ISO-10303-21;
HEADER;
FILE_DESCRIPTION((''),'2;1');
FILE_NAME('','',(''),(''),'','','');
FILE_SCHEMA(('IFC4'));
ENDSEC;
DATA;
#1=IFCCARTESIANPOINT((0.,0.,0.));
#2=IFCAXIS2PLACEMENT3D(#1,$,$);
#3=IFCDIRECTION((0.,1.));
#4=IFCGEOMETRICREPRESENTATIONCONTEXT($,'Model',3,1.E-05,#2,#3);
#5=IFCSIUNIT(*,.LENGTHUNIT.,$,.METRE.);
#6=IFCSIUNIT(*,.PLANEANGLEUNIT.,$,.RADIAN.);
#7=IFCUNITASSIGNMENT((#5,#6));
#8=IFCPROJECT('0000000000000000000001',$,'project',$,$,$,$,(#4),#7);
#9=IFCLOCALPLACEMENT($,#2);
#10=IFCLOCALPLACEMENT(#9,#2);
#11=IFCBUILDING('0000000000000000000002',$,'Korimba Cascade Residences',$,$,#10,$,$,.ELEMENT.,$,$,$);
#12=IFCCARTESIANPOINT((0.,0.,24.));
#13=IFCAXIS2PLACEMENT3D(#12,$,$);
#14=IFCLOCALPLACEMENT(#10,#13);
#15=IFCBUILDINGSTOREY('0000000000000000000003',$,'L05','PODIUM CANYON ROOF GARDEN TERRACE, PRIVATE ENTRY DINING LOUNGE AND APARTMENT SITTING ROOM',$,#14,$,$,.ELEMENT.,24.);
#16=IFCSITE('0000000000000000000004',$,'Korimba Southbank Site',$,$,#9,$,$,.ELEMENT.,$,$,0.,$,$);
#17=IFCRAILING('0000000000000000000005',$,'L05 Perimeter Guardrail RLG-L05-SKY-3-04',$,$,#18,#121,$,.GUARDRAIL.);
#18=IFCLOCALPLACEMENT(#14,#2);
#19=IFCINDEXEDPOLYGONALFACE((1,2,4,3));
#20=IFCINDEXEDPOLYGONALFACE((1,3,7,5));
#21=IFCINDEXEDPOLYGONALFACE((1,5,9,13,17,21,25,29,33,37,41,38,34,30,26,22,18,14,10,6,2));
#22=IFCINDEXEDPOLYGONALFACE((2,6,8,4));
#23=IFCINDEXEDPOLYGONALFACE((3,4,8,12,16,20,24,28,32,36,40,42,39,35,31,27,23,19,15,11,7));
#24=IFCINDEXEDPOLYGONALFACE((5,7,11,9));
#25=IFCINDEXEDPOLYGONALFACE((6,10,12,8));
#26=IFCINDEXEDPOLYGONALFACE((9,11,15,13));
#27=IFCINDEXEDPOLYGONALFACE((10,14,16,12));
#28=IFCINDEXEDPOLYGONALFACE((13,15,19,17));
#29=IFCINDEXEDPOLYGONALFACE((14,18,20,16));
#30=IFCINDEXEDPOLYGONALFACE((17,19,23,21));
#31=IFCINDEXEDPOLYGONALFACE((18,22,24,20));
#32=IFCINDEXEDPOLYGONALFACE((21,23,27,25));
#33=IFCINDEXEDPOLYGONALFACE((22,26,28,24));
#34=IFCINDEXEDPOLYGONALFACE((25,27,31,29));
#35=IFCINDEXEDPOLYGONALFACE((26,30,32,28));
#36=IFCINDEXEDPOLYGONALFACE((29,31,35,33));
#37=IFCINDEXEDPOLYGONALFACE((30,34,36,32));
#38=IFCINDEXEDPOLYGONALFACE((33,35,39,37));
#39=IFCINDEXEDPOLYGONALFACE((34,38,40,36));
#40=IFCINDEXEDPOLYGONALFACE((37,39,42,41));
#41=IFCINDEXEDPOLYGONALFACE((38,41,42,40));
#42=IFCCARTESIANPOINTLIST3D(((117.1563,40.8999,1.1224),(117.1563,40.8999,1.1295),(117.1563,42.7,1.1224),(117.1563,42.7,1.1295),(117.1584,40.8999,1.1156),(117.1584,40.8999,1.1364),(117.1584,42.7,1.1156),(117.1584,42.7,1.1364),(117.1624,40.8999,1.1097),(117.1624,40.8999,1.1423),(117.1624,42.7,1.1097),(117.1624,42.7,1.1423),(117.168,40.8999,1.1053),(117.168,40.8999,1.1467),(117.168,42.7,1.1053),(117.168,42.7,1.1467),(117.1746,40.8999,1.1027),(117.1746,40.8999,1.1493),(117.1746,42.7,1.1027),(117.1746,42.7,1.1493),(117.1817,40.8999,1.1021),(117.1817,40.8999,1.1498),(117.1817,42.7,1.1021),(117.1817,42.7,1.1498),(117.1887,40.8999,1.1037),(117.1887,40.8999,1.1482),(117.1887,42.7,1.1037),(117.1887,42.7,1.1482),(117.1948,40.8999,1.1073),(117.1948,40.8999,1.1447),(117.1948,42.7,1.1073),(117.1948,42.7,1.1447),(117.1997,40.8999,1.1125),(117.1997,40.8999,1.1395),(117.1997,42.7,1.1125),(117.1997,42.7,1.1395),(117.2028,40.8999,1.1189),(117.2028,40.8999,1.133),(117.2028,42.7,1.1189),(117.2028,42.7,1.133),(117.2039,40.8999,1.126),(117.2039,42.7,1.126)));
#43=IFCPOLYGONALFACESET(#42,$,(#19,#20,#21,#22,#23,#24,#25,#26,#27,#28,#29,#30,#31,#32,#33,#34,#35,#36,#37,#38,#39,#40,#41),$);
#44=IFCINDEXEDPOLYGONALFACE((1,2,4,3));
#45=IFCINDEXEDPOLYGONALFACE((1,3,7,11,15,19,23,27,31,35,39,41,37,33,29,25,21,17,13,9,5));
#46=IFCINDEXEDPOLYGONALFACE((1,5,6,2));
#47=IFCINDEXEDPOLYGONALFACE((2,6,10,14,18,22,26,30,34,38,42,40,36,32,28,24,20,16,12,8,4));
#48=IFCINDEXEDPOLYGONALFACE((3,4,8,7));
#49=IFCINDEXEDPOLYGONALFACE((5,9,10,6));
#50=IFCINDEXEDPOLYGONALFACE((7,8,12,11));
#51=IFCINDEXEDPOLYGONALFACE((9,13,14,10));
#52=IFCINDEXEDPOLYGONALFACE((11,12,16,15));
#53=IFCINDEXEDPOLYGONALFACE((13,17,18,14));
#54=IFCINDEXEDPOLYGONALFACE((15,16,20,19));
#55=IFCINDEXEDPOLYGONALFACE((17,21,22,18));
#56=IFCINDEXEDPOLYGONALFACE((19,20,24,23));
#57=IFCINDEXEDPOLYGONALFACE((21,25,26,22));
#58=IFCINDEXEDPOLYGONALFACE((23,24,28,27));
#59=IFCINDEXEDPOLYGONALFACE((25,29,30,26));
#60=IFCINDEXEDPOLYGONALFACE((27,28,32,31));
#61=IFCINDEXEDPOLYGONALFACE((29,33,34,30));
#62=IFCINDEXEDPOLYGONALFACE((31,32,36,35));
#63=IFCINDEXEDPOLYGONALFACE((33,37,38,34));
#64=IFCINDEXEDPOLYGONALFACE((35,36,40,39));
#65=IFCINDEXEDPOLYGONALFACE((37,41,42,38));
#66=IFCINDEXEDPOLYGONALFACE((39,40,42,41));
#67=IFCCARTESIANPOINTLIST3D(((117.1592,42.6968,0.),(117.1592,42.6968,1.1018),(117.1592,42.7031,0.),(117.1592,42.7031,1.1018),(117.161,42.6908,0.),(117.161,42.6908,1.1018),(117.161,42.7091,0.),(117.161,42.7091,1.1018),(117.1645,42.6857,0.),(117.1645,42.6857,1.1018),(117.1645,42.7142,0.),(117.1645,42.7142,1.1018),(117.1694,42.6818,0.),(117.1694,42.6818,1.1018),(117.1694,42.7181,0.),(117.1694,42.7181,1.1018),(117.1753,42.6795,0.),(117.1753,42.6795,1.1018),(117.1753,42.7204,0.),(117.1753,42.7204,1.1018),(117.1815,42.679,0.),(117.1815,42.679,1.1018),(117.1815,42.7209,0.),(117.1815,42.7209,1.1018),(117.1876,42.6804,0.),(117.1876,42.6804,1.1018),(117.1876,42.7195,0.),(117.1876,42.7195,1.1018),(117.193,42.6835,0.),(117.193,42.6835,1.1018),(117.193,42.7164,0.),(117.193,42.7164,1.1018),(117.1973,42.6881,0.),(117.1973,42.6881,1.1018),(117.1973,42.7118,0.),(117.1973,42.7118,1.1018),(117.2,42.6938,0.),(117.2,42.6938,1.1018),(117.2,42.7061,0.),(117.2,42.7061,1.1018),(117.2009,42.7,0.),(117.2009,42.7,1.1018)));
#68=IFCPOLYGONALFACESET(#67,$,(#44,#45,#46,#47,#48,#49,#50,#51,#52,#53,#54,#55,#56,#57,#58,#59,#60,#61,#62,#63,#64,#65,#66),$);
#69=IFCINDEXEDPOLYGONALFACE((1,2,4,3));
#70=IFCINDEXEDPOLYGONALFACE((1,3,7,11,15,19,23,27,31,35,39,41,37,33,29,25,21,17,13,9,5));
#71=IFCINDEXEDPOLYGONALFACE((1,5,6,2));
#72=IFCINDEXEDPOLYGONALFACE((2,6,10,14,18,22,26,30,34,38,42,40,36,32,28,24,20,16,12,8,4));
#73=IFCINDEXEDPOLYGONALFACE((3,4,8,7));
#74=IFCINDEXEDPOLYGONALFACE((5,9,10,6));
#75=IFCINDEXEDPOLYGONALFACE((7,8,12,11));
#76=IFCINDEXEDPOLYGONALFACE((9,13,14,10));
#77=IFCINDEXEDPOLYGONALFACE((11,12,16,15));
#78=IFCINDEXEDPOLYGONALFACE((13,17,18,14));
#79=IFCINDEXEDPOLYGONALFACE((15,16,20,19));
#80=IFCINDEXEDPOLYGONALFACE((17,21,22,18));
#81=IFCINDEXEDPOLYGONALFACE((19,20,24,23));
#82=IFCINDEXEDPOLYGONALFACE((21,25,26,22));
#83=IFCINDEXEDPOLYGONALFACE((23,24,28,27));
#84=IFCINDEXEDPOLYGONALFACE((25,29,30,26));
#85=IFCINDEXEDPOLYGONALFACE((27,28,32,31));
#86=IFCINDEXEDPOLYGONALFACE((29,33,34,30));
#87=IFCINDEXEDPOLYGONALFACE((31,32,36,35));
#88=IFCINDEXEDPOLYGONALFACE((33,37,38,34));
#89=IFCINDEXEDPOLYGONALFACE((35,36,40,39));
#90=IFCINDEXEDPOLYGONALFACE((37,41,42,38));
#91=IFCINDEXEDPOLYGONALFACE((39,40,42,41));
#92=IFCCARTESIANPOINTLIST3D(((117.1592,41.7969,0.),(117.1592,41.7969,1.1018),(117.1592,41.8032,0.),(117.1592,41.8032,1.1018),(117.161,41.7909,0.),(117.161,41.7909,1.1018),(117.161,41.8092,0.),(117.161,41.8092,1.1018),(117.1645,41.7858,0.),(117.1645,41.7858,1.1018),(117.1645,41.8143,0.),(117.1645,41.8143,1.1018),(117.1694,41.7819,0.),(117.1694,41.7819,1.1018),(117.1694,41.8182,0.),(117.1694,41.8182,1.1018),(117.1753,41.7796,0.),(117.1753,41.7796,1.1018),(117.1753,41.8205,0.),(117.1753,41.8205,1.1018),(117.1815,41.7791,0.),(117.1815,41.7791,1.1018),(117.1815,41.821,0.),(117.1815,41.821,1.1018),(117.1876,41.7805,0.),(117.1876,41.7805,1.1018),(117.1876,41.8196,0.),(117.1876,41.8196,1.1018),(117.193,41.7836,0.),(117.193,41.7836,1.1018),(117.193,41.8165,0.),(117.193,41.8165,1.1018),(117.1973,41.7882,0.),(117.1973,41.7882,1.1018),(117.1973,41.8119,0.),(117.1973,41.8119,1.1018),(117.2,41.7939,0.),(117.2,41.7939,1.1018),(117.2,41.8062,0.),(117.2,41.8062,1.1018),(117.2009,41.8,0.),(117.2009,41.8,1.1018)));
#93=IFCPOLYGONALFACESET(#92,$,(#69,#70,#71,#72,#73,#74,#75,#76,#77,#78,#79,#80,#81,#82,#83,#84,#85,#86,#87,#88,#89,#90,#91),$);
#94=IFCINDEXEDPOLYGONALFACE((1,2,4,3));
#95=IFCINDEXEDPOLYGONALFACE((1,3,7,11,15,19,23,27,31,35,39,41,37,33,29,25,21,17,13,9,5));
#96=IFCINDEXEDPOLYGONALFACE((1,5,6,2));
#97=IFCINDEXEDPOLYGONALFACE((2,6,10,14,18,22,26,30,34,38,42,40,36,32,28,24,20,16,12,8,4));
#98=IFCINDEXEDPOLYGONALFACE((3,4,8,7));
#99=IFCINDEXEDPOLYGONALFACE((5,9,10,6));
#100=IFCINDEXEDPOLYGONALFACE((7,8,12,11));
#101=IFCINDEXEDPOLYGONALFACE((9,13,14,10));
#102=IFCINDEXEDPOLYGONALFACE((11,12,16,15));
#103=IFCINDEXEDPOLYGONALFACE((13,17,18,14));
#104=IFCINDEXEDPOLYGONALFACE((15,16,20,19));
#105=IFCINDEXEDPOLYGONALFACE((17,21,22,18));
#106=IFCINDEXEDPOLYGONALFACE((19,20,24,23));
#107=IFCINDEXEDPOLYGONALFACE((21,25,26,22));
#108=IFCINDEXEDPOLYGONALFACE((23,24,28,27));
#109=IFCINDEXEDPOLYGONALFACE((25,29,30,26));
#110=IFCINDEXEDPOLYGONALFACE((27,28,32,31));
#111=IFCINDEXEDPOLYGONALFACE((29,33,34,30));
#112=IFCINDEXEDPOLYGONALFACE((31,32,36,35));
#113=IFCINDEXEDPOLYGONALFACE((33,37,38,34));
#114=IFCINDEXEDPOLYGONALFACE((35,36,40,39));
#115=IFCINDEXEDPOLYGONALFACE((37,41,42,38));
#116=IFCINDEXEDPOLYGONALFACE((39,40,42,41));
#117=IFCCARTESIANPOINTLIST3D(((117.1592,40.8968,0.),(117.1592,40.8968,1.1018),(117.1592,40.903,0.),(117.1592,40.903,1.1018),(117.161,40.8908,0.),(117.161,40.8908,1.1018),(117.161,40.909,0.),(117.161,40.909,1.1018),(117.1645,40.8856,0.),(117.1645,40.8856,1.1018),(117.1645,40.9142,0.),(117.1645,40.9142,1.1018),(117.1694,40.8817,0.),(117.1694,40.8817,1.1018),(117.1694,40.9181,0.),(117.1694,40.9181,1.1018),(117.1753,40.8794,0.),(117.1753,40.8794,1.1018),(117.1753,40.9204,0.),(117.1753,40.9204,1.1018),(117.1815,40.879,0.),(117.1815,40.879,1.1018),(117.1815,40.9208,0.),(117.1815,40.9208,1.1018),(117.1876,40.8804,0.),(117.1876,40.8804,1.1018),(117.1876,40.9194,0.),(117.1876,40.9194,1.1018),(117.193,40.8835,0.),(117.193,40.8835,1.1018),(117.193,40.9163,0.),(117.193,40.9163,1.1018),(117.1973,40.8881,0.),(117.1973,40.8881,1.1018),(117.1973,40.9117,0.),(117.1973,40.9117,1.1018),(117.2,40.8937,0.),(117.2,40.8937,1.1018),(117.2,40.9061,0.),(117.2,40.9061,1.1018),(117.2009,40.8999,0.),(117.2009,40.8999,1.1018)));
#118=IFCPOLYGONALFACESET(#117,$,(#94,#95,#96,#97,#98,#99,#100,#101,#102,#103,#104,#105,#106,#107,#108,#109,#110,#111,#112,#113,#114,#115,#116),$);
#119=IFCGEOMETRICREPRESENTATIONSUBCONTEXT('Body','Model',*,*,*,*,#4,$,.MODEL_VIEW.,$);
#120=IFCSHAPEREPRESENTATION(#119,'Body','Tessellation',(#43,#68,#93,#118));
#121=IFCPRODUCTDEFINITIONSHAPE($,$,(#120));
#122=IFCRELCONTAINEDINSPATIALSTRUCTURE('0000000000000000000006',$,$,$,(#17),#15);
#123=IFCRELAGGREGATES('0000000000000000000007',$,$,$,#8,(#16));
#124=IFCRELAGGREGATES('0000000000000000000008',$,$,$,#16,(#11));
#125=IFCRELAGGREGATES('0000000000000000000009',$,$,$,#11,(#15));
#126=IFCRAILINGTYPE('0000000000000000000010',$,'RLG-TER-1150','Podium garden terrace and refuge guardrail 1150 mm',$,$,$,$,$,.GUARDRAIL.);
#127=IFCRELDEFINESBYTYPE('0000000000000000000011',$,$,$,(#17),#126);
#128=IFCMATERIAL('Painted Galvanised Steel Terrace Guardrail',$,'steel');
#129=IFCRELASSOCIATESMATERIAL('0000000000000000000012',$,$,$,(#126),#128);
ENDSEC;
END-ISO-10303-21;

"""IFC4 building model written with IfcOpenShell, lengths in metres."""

from ifc_helpers import new_model, si_unit, direction, frame, origin, origin_2d, place, context, subcontext, project, spatial, circle, extrude, material, type_object, element, save


model = new_model("IFC4")

# Units and contexts
model_context = context("Model", 3, precision=1e-05, world=origin(), true_north=direction((0.0, 1.0)))
body_context = subcontext(model_context, "Body", "Model", "MODEL_VIEW")
ifc_project = project(units=[si_unit("LENGTHUNIT", "METRE"), si_unit("PLANEANGLEUNIT", "RADIAN")], contexts=[model_context])

# Site, building, storey
site_placement = place(None, origin())
site = spatial("IfcSite", under=ifc_project, at=site_placement, Name="Korimba Southbank Site", CompositionType="ELEMENT", RefElevation=0.0)
building_placement = place(site_placement, origin())
building = spatial("IfcBuilding", under=site, at=building_placement, Name="Korimba Cascade Residences", CompositionType="ELEMENT")
storey_placement = place(building_placement, frame((0.0, 0.0, 24.0)))
storey = spatial("IfcBuildingStorey", under=building, at=storey_placement, Name="L05", Description="PODIUM CANYON ROOF GARDEN TERRACE, PRIVATE ENTRY DINING LOUNGE AND APARTMENT SITTING ROOM", CompositionType="ELEMENT", Elevation=24.0)

# Railing
ifc_material_1 = material(Name="Painted Galvanised Steel Terrace Guardrail", Category="steel")
railing_type = type_object("IfcRailingType", Name="RLG-TER-1150", Description="Podium garden terrace and refuge guardrail 1150 mm", PredefinedType="GUARDRAIL", material=ifc_material_1)
railing_1_placement = place(storey_placement, frame((117.1799, 42.7, 0.0)))
element("IfcRailing", 1, at=railing_1_placement, inside=storey, type_object=railing_type, Name="L05 Perimeter Guardrail RLG-L05-SKY-3-04", PredefinedType="GUARDRAIL", context=body_context, shape_type="SweptSolid", body=[
    extrude(circle(Radius=0.0239, at=origin_2d()), frame((0.0, 0.0, 1.126), z_axis=(0.0, -1.0, 0.0), x_axis=(1.0, 0.0, 0.0)), (0.0, 0.0, 1.0), 1.8),
    extrude(circle(Radius=0.021, at=origin_2d()), origin(), (0.0, 0.0, 1.0), 1.1018),
    extrude(circle(Radius=0.021, at=origin_2d()), frame((0.0, -0.8999, 0.0)), (0.0, 0.0, 1.0), 1.1018),
    extrude(circle(Radius=0.021, at=origin_2d()), frame((0.0, -1.8, 0.0)), (0.0, 0.0, 1.0), 1.1018),
])

save(model, "model.ifc")
